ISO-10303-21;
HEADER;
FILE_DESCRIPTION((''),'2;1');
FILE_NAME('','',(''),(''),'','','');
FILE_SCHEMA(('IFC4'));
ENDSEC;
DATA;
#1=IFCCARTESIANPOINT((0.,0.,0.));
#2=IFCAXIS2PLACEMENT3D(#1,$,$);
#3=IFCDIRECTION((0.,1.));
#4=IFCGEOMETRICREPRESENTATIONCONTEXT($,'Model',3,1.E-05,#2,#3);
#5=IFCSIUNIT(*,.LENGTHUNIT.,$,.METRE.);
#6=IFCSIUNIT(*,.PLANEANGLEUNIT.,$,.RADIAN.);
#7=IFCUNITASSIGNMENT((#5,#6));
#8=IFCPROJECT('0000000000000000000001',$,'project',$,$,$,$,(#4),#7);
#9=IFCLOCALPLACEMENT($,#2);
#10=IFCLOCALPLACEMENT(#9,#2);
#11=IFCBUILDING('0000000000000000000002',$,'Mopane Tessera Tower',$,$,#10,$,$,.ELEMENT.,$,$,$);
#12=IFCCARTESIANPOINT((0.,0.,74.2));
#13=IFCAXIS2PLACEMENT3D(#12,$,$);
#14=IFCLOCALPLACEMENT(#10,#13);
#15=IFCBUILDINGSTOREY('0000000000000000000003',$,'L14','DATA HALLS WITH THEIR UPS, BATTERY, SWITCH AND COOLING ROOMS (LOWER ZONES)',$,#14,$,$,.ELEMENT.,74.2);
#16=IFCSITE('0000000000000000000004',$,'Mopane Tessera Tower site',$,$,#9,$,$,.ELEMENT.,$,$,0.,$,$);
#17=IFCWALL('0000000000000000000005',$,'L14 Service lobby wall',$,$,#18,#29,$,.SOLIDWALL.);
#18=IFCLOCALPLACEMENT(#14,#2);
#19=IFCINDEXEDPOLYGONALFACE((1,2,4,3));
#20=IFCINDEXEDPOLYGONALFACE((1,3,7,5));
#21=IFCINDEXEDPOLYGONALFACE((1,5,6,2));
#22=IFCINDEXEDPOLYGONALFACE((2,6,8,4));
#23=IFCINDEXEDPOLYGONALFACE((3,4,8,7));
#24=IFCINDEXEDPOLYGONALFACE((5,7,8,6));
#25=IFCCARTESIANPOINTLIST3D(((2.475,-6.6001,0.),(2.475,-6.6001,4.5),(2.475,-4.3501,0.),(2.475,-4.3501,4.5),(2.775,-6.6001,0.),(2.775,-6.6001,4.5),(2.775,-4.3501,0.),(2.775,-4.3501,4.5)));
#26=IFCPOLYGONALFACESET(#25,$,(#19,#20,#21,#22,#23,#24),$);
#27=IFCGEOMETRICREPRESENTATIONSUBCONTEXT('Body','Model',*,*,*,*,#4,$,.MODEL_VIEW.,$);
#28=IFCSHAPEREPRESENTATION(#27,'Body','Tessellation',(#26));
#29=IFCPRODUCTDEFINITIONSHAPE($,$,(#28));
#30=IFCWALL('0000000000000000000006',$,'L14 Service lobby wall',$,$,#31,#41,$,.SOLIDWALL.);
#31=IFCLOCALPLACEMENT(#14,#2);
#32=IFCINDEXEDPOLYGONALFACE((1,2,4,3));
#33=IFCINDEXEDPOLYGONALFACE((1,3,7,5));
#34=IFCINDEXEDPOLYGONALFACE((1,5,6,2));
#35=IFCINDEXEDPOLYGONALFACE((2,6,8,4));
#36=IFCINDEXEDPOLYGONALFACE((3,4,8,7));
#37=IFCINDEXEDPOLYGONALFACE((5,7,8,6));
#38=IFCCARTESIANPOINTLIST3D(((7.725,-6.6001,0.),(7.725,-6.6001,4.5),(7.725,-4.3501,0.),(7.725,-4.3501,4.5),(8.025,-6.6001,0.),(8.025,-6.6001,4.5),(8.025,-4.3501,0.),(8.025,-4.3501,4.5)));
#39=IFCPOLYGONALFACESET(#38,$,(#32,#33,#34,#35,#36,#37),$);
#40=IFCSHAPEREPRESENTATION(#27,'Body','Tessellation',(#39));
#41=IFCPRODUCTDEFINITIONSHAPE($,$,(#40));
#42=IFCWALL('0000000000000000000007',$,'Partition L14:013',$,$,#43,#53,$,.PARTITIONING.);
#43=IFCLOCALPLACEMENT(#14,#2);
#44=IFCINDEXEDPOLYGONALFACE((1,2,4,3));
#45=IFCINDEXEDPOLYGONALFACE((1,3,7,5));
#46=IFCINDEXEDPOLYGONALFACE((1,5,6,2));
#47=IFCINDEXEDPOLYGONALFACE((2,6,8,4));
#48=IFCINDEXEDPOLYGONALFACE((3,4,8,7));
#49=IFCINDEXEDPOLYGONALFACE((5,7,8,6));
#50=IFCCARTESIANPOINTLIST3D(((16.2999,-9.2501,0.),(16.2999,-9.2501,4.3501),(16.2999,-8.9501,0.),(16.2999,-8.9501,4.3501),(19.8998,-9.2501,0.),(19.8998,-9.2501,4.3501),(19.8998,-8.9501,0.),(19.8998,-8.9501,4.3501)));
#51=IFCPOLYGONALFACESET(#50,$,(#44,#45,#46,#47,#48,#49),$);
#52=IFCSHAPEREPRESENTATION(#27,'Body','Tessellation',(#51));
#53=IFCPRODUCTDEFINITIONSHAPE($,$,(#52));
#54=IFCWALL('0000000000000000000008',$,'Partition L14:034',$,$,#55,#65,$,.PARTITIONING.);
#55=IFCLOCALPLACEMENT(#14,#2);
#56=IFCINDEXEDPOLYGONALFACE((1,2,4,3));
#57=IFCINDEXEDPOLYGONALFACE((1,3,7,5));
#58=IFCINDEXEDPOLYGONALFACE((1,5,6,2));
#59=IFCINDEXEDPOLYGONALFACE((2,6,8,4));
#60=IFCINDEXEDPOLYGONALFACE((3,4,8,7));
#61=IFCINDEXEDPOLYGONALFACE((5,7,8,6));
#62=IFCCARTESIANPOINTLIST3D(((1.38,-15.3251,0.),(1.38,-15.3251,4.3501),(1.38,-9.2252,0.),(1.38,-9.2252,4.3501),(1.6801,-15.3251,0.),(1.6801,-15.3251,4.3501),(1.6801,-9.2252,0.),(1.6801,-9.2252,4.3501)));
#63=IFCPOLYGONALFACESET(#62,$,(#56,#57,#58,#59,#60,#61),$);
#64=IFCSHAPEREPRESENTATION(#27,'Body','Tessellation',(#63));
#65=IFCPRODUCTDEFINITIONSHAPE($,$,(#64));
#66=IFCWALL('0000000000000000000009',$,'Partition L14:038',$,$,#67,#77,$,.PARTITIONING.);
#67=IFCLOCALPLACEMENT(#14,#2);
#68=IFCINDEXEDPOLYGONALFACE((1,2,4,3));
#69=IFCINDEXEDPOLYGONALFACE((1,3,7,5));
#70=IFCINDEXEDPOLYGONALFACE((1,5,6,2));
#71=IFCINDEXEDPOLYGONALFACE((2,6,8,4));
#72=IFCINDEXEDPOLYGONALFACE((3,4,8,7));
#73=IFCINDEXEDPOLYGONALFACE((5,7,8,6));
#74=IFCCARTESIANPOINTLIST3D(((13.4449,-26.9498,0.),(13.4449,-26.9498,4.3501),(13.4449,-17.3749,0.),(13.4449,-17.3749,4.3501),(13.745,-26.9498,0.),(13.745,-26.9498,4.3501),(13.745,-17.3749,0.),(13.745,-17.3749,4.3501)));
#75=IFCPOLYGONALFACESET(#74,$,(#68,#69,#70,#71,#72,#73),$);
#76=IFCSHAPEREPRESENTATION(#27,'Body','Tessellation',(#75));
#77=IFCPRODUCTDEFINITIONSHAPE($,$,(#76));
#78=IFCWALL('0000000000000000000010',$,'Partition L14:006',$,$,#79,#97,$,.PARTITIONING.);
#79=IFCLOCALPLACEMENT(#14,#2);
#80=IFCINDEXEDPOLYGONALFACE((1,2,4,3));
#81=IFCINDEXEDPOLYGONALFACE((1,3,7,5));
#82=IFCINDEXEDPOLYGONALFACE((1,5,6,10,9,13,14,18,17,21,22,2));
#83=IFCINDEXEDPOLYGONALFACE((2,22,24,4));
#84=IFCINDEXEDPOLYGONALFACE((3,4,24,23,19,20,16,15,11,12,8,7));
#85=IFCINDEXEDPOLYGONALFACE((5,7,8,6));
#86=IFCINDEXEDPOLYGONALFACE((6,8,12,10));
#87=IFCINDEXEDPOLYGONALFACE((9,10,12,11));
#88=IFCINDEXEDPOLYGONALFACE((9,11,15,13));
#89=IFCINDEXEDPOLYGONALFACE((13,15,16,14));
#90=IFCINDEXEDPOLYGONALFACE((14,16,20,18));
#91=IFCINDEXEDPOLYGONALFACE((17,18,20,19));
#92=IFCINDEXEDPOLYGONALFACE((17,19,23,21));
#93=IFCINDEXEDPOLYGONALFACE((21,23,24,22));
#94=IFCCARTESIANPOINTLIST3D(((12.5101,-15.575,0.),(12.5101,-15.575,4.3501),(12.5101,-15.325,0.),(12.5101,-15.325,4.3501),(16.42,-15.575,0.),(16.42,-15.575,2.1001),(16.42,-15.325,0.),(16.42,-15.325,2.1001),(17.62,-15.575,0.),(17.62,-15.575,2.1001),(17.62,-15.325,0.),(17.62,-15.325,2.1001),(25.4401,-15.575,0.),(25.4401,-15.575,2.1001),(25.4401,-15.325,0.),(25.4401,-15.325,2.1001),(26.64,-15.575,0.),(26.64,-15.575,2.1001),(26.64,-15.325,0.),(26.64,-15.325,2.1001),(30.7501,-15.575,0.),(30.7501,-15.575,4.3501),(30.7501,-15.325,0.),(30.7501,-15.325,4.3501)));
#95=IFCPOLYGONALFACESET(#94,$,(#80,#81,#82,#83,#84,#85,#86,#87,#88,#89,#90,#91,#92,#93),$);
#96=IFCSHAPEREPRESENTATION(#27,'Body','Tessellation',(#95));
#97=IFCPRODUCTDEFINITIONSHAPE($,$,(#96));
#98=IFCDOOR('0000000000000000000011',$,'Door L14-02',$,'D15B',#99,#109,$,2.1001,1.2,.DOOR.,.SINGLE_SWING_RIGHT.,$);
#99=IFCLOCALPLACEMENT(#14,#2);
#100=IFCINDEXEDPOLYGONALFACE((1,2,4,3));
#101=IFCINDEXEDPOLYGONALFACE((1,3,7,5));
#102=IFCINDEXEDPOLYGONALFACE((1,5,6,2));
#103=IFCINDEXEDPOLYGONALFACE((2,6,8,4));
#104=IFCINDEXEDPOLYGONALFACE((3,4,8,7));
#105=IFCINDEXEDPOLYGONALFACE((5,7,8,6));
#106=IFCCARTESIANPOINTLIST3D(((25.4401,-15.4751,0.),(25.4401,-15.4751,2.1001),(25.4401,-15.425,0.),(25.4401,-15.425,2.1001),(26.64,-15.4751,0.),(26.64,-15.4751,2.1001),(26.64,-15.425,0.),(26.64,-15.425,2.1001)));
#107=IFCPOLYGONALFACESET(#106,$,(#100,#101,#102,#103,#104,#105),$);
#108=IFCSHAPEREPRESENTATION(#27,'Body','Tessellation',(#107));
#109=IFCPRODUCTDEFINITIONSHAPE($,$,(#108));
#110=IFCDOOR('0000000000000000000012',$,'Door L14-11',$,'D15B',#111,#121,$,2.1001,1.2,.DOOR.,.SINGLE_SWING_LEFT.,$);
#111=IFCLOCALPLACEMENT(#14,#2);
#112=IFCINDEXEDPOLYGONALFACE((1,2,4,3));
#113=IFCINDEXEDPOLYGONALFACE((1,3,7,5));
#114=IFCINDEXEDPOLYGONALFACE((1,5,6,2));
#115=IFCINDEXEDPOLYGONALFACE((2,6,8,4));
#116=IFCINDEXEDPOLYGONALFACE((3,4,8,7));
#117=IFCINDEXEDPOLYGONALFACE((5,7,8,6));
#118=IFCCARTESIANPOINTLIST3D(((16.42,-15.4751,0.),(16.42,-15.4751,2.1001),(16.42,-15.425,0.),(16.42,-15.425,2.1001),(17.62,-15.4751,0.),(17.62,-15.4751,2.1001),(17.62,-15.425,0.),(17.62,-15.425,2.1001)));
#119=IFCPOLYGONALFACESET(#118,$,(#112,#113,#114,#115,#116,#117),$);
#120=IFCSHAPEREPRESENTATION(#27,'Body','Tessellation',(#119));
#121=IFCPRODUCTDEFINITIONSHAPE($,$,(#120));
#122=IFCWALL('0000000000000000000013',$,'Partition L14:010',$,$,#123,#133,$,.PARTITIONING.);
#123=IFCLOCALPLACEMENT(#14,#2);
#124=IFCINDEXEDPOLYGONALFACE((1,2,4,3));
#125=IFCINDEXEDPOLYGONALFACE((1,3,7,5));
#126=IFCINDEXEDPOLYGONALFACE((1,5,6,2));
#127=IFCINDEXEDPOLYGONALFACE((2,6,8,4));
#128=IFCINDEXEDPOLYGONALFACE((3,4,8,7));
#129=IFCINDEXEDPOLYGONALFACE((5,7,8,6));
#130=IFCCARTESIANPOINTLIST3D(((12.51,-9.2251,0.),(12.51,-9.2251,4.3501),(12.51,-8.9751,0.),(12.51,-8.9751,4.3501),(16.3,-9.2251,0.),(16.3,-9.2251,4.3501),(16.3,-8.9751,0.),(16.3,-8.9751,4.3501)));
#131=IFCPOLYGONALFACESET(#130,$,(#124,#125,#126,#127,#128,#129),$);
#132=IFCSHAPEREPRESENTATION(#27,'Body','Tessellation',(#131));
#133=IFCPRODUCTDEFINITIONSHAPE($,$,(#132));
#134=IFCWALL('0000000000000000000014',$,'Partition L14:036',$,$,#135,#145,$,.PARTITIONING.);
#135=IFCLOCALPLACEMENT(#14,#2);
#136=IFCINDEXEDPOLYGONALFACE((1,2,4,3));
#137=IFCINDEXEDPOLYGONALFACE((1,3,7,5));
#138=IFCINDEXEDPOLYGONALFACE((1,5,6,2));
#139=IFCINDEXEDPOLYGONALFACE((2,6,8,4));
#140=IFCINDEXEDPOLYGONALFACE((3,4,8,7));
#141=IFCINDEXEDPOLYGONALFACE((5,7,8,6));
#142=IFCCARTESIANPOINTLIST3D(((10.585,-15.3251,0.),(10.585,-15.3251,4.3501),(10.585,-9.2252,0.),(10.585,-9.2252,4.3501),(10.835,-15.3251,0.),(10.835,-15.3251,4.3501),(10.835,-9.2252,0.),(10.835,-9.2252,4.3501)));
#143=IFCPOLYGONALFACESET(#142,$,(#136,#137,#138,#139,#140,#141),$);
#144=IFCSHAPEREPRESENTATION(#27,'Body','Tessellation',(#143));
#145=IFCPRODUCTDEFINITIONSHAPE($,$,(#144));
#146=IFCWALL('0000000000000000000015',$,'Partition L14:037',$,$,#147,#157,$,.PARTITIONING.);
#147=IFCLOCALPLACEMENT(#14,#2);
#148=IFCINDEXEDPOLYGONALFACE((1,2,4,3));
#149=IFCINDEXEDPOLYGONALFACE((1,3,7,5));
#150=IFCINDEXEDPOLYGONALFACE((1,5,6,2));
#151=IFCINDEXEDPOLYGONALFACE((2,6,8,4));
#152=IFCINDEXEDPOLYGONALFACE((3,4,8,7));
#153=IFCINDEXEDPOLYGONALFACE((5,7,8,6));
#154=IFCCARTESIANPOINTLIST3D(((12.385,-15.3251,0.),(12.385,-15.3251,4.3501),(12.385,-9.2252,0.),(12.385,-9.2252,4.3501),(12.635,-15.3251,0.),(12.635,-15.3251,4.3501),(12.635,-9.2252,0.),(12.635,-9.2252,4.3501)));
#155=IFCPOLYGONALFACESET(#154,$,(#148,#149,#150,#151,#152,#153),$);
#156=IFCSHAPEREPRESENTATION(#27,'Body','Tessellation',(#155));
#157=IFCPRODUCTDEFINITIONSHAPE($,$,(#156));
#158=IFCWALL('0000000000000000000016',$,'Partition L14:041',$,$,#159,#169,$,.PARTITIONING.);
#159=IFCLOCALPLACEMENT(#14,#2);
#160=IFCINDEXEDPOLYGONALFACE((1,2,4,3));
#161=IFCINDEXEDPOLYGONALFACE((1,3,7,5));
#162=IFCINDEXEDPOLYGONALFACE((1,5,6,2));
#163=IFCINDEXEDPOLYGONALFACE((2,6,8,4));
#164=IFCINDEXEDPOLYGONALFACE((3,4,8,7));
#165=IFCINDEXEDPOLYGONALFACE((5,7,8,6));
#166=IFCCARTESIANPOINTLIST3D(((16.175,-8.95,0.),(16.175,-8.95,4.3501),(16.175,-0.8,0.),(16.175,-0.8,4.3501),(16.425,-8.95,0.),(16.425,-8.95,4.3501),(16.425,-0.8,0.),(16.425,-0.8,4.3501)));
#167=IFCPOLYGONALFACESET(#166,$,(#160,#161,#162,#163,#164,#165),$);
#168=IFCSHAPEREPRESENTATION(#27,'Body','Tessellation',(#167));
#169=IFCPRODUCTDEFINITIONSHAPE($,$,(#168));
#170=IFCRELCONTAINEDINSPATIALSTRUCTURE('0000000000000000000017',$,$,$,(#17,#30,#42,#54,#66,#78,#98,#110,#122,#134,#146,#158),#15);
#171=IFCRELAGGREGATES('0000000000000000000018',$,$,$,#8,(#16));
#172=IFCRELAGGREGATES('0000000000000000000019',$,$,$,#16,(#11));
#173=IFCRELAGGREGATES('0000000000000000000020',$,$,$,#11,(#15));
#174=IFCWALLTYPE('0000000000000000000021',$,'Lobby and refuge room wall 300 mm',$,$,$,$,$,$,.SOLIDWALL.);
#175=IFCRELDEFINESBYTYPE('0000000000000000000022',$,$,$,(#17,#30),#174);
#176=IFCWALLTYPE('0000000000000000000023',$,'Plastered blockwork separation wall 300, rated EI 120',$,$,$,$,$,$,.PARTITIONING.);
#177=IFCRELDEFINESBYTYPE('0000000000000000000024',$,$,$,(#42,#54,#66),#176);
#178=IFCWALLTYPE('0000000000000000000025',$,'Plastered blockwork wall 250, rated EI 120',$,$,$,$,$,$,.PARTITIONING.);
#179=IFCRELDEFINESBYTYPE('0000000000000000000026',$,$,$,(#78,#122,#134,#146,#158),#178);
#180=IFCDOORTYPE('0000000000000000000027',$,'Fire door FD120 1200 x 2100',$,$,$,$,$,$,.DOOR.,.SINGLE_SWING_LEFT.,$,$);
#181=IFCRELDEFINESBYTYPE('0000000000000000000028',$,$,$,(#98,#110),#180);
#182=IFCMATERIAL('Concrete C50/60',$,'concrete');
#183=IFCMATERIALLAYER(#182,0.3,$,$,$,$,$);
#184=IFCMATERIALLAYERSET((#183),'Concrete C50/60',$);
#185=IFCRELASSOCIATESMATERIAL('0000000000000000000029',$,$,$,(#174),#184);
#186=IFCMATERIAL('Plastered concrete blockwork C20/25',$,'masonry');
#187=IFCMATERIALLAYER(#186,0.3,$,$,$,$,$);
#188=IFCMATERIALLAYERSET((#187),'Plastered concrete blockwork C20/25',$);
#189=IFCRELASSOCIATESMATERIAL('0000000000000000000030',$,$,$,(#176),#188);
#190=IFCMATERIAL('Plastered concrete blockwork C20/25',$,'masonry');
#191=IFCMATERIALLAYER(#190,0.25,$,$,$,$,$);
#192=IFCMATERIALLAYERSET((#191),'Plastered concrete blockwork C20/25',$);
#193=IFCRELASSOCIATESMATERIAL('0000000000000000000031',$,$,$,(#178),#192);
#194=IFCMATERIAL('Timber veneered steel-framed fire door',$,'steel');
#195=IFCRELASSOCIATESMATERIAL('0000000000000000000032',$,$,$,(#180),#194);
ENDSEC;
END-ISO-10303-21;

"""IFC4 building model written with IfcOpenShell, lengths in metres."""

from ifc_helpers import new_model, si_unit, direction, frame, frame_2d, origin, place, context, subcontext, project, spatial, rectangle, extrude, material, layer, layer_set, type_object, element, fill, save


model = new_model("IFC4")

# Units and contexts
model_context = context("Model", 3, precision=1e-05, world=origin(), true_north=direction((0.0, 1.0)))
body_context = subcontext(model_context, "Body", "Model", "MODEL_VIEW")
ifc_project = project(units=[si_unit("LENGTHUNIT", "METRE"), si_unit("PLANEANGLEUNIT", "RADIAN")], contexts=[model_context])

# Site, building, storey
site_placement = place(None, origin())
site = spatial("IfcSite", under=ifc_project, at=site_placement, Name="Mopane Tessera Tower site", CompositionType="ELEMENT", RefElevation=0.0)
building_placement = place(site_placement, origin())
building = spatial("IfcBuilding", under=site, at=building_placement, Name="Mopane Tessera Tower", CompositionType="ELEMENT")
storey_placement = place(building_placement, frame((0.0, 0.0, 74.2)))
storey = spatial("IfcBuildingStorey", under=building, at=storey_placement, Name="L14", Description="DATA HALLS WITH THEIR UPS, BATTERY, SWITCH AND COOLING ROOMS (LOWER ZONES)", CompositionType="ELEMENT", Elevation=74.2)

# Walls
ifc_material_1 = material(Name="Concrete C50/60", Category="concrete")
ifc_layer_1 = layer(ifc_material_1, 0.3)
ifc_layer_set_1 = layer_set([ifc_layer_1], Name="Concrete C50/60")
wall_type_1 = type_object("IfcWallType", Name="Lobby and refuge room wall 300 mm", PredefinedType="SOLIDWALL", material=ifc_layer_set_1)
for number, where, z_axis, x_axis, name in (
    (1, (2.625, -6.6001, 0.0), (0.0, 0.0, 1.0), (0.0, 1.0, 0.0), "L14 Service lobby wall"),
    (2, (7.875, -6.6001, 0.0), (0.0, 0.0, 1.0), (0.0, 1.0, 0.0), "L14 Service lobby wall"),
):
    element("IfcWall", number, at=place(storey_placement, frame(where, z_axis=z_axis, x_axis=x_axis)), inside=storey, type_object=wall_type_1, Name=name, PredefinedType="SOLIDWALL", context=body_context, shape_type="SweptSolid", body=[
        extrude(rectangle(XDim=2.25, YDim=0.3, at=frame_2d((1.125, 0.0))), origin(), (0.0, 0.0, 1.0), 4.5),
    ])
ifc_material_2 = material(Name="Plastered concrete blockwork C20/25", Category="masonry")
ifc_layer_2 = layer(ifc_material_2, 0.3)
ifc_layer_set_2 = layer_set([ifc_layer_2], Name="Plastered concrete blockwork C20/25")
wall_type_2 = type_object("IfcWallType", Name="Plastered blockwork separation wall 300, rated EI 120", PredefinedType="PARTITIONING", material=ifc_layer_set_2)
wall_1_placement = place(storey_placement, frame((16.3, -9.1001, 0.0), z_axis=(0.0, 0.0, 1.0), x_axis=(1.0, 0.0, 0.0)))
element("IfcWall", 3, at=wall_1_placement, inside=storey, type_object=wall_type_2, Name="Partition L14:013", PredefinedType="PARTITIONING", context=body_context, shape_type="SweptSolid", body=[
    extrude(rectangle(XDim=3.5999, YDim=0.3, at=frame_2d((1.7998, 0.0))), origin(), (0.0, 0.0, 1.0), 4.3501),
])
wall_2_placement = place(storey_placement, frame((1.53, -15.325, 0.0), z_axis=(0.0, 0.0, 1.0), x_axis=(0.0, 1.0, 0.0)))
element("IfcWall", 4, at=wall_2_placement, inside=storey, type_object=wall_type_2, Name="Partition L14:034", PredefinedType="PARTITIONING", context=body_context, shape_type="SweptSolid", body=[
    extrude(rectangle(XDim=6.0999, YDim=0.3, at=frame_2d((3.0498, 0.0))), origin(), (0.0, 0.0, 1.0), 4.3501),
])
wall_3_placement = place(storey_placement, frame((13.595, -26.95, 0.0), z_axis=(0.0, 0.0, 1.0), x_axis=(0.0, 1.0, 0.0)))
element("IfcWall", 5, at=wall_3_placement, inside=storey, type_object=wall_type_2, Name="Partition L14:038", PredefinedType="PARTITIONING", context=body_context, shape_type="SweptSolid", body=[
    extrude(rectangle(XDim=9.575, YDim=0.3, at=frame_2d((4.7876, 0.0))), origin(), (0.0, 0.0, 1.0), 4.3501),
])

# Wall, openings, doors
ifc_material_3 = material(Name="Plastered concrete blockwork C20/25", Category="masonry")
ifc_layer_3 = layer(ifc_material_3, 0.25)
ifc_layer_set_3 = layer_set([ifc_layer_3], Name="Plastered concrete blockwork C20/25")
wall_type_3 = type_object("IfcWallType", Name="Plastered blockwork wall 250, rated EI 120", PredefinedType="PARTITIONING", material=ifc_layer_set_3)
wall_4_placement = place(storey_placement, frame((12.51, -15.45, 0.0), z_axis=(0.0, 0.0, 1.0), x_axis=(1.0, 0.0, 0.0)))
wall_4 = element("IfcWall", 6, at=wall_4_placement, inside=storey, type_object=wall_type_3, Name="Partition L14:006", PredefinedType="PARTITIONING", context=body_context, shape_type="SweptSolid", body=[
    extrude(rectangle(XDim=18.24, YDim=0.25, at=frame_2d((9.1201, 0.0))), origin(), (0.0, 0.0, 1.0), 4.3501),
])
opening_1_placement = place(wall_4_placement, frame((12.9299, 0.0, 0.0)))
opening_1 = element("IfcOpeningElement", 7, at=opening_1_placement, cuts=wall_4, PredefinedType="OPENING", context=body_context, shape_type="SweptSolid", body=[
    extrude(rectangle(XDim=1.2, YDim=2.1001, at=frame_2d((0.6001, 1.05))), frame((0.0, 0.137, 0.0), z_axis=(0.0, -1.0, 0.0), x_axis=(1.0, 0.0, 0.0)), (0.0, 0.0, 1.0), 0.2739),
])
opening_2_placement = place(wall_4_placement, frame((3.9099, 0.0, 0.0)))
opening_2 = element("IfcOpeningElement", 8, at=opening_2_placement, cuts=wall_4, PredefinedType="OPENING", context=body_context, shape_type="SweptSolid", body=[
    extrude(rectangle(XDim=1.2, YDim=2.1001, at=frame_2d((0.6001, 1.05))), frame((0.0, 0.137, 0.0), z_axis=(0.0, -1.0, 0.0), x_axis=(1.0, 0.0, 0.0)), (0.0, 0.0, 1.0), 0.2739),
])
ifc_material_4 = material(Name="Timber veneered steel-framed fire door", Category="steel")
door_type_1 = type_object("IfcDoorType", Name="Fire door FD120 1200 x 2100", OperationType="SINGLE_SWING_LEFT", PredefinedType="DOOR", material=ifc_material_4)
door_1_placement = place(opening_1_placement, origin())
door_1 = element("IfcDoor", 9, at=door_1_placement, inside=storey, type_object=door_type_1, Name="Door L14-02", ObjectType="D15B", OperationType="SINGLE_SWING_RIGHT", OverallHeight=2.1001, OverallWidth=1.2, PredefinedType="DOOR", context=body_context, shape_type="SweptSolid", body=[
    extrude(rectangle(XDim=1.2, YDim=2.1001, at=frame_2d((0.6001, 1.05))), frame((0.0, 0.0249, 0.0), z_axis=(0.0, -1.0, 0.0), x_axis=(1.0, 0.0, 0.0)), (0.0, 0.0, 1.0), 0.05),
])
fill(opening_1, door_1)
door_2_placement = place(opening_2_placement, origin())
door_2 = element("IfcDoor", 10, at=door_2_placement, inside=storey, type_object=door_type_1, Name="Door L14-11", ObjectType="D15B", OperationType="SINGLE_SWING_LEFT", OverallHeight=2.1001, OverallWidth=1.2, PredefinedType="DOOR", context=body_context, shape_type="SweptSolid", body=[
    extrude(rectangle(XDim=1.2, YDim=2.1001, at=frame_2d((0.6001, 1.05))), frame((0.0, 0.0249, 0.0), z_axis=(0.0, -1.0, 0.0), x_axis=(1.0, 0.0, 0.0)), (0.0, 0.0, 1.0), 0.05),
])
fill(opening_2, door_2)

# Walls
wall_5_placement = place(storey_placement, frame((12.51, -9.1001, 0.0), z_axis=(0.0, 0.0, 1.0), x_axis=(1.0, 0.0, 0.0)))
element("IfcWall", 11, at=wall_5_placement, inside=storey, type_object=wall_type_3, Name="Partition L14:010", PredefinedType="PARTITIONING", context=body_context, shape_type="SweptSolid", body=[
    extrude(rectangle(XDim=3.79, YDim=0.25, at=frame_2d((1.895, 0.0))), origin(), (0.0, 0.0, 1.0), 4.3501),
])
for number, where, z_axis, x_axis, name in (
    (12, (10.71, -15.325, 0.0), (0.0, 0.0, 1.0), (0.0, 1.0, 0.0), "Partition L14:036"),
    (13, (12.51, -15.325, 0.0), (0.0, 0.0, 1.0), (0.0, 1.0, 0.0), "Partition L14:037"),
):
    element("IfcWall", number, at=place(storey_placement, frame(where, z_axis=z_axis, x_axis=x_axis)), inside=storey, type_object=wall_type_3, Name=name, PredefinedType="PARTITIONING", context=body_context, shape_type="SweptSolid", body=[
        extrude(rectangle(XDim=6.0999, YDim=0.25, at=frame_2d((3.0498, 0.0))), origin(), (0.0, 0.0, 1.0), 4.3501),
    ])
wall_6_placement = place(storey_placement, frame((16.3, -8.95, 0.0), z_axis=(0.0, 0.0, 1.0), x_axis=(0.0, 1.0, 0.0)))
element("IfcWall", 14, at=wall_6_placement, inside=storey, type_object=wall_type_3, Name="Partition L14:041", PredefinedType="PARTITIONING", context=body_context, shape_type="SweptSolid", body=[
    extrude(rectangle(XDim=8.1499, YDim=0.25, at=frame_2d((4.075, 0.0))), origin(), (0.0, 0.0, 1.0), 4.3501),
])

save(model, "model.ifc")
